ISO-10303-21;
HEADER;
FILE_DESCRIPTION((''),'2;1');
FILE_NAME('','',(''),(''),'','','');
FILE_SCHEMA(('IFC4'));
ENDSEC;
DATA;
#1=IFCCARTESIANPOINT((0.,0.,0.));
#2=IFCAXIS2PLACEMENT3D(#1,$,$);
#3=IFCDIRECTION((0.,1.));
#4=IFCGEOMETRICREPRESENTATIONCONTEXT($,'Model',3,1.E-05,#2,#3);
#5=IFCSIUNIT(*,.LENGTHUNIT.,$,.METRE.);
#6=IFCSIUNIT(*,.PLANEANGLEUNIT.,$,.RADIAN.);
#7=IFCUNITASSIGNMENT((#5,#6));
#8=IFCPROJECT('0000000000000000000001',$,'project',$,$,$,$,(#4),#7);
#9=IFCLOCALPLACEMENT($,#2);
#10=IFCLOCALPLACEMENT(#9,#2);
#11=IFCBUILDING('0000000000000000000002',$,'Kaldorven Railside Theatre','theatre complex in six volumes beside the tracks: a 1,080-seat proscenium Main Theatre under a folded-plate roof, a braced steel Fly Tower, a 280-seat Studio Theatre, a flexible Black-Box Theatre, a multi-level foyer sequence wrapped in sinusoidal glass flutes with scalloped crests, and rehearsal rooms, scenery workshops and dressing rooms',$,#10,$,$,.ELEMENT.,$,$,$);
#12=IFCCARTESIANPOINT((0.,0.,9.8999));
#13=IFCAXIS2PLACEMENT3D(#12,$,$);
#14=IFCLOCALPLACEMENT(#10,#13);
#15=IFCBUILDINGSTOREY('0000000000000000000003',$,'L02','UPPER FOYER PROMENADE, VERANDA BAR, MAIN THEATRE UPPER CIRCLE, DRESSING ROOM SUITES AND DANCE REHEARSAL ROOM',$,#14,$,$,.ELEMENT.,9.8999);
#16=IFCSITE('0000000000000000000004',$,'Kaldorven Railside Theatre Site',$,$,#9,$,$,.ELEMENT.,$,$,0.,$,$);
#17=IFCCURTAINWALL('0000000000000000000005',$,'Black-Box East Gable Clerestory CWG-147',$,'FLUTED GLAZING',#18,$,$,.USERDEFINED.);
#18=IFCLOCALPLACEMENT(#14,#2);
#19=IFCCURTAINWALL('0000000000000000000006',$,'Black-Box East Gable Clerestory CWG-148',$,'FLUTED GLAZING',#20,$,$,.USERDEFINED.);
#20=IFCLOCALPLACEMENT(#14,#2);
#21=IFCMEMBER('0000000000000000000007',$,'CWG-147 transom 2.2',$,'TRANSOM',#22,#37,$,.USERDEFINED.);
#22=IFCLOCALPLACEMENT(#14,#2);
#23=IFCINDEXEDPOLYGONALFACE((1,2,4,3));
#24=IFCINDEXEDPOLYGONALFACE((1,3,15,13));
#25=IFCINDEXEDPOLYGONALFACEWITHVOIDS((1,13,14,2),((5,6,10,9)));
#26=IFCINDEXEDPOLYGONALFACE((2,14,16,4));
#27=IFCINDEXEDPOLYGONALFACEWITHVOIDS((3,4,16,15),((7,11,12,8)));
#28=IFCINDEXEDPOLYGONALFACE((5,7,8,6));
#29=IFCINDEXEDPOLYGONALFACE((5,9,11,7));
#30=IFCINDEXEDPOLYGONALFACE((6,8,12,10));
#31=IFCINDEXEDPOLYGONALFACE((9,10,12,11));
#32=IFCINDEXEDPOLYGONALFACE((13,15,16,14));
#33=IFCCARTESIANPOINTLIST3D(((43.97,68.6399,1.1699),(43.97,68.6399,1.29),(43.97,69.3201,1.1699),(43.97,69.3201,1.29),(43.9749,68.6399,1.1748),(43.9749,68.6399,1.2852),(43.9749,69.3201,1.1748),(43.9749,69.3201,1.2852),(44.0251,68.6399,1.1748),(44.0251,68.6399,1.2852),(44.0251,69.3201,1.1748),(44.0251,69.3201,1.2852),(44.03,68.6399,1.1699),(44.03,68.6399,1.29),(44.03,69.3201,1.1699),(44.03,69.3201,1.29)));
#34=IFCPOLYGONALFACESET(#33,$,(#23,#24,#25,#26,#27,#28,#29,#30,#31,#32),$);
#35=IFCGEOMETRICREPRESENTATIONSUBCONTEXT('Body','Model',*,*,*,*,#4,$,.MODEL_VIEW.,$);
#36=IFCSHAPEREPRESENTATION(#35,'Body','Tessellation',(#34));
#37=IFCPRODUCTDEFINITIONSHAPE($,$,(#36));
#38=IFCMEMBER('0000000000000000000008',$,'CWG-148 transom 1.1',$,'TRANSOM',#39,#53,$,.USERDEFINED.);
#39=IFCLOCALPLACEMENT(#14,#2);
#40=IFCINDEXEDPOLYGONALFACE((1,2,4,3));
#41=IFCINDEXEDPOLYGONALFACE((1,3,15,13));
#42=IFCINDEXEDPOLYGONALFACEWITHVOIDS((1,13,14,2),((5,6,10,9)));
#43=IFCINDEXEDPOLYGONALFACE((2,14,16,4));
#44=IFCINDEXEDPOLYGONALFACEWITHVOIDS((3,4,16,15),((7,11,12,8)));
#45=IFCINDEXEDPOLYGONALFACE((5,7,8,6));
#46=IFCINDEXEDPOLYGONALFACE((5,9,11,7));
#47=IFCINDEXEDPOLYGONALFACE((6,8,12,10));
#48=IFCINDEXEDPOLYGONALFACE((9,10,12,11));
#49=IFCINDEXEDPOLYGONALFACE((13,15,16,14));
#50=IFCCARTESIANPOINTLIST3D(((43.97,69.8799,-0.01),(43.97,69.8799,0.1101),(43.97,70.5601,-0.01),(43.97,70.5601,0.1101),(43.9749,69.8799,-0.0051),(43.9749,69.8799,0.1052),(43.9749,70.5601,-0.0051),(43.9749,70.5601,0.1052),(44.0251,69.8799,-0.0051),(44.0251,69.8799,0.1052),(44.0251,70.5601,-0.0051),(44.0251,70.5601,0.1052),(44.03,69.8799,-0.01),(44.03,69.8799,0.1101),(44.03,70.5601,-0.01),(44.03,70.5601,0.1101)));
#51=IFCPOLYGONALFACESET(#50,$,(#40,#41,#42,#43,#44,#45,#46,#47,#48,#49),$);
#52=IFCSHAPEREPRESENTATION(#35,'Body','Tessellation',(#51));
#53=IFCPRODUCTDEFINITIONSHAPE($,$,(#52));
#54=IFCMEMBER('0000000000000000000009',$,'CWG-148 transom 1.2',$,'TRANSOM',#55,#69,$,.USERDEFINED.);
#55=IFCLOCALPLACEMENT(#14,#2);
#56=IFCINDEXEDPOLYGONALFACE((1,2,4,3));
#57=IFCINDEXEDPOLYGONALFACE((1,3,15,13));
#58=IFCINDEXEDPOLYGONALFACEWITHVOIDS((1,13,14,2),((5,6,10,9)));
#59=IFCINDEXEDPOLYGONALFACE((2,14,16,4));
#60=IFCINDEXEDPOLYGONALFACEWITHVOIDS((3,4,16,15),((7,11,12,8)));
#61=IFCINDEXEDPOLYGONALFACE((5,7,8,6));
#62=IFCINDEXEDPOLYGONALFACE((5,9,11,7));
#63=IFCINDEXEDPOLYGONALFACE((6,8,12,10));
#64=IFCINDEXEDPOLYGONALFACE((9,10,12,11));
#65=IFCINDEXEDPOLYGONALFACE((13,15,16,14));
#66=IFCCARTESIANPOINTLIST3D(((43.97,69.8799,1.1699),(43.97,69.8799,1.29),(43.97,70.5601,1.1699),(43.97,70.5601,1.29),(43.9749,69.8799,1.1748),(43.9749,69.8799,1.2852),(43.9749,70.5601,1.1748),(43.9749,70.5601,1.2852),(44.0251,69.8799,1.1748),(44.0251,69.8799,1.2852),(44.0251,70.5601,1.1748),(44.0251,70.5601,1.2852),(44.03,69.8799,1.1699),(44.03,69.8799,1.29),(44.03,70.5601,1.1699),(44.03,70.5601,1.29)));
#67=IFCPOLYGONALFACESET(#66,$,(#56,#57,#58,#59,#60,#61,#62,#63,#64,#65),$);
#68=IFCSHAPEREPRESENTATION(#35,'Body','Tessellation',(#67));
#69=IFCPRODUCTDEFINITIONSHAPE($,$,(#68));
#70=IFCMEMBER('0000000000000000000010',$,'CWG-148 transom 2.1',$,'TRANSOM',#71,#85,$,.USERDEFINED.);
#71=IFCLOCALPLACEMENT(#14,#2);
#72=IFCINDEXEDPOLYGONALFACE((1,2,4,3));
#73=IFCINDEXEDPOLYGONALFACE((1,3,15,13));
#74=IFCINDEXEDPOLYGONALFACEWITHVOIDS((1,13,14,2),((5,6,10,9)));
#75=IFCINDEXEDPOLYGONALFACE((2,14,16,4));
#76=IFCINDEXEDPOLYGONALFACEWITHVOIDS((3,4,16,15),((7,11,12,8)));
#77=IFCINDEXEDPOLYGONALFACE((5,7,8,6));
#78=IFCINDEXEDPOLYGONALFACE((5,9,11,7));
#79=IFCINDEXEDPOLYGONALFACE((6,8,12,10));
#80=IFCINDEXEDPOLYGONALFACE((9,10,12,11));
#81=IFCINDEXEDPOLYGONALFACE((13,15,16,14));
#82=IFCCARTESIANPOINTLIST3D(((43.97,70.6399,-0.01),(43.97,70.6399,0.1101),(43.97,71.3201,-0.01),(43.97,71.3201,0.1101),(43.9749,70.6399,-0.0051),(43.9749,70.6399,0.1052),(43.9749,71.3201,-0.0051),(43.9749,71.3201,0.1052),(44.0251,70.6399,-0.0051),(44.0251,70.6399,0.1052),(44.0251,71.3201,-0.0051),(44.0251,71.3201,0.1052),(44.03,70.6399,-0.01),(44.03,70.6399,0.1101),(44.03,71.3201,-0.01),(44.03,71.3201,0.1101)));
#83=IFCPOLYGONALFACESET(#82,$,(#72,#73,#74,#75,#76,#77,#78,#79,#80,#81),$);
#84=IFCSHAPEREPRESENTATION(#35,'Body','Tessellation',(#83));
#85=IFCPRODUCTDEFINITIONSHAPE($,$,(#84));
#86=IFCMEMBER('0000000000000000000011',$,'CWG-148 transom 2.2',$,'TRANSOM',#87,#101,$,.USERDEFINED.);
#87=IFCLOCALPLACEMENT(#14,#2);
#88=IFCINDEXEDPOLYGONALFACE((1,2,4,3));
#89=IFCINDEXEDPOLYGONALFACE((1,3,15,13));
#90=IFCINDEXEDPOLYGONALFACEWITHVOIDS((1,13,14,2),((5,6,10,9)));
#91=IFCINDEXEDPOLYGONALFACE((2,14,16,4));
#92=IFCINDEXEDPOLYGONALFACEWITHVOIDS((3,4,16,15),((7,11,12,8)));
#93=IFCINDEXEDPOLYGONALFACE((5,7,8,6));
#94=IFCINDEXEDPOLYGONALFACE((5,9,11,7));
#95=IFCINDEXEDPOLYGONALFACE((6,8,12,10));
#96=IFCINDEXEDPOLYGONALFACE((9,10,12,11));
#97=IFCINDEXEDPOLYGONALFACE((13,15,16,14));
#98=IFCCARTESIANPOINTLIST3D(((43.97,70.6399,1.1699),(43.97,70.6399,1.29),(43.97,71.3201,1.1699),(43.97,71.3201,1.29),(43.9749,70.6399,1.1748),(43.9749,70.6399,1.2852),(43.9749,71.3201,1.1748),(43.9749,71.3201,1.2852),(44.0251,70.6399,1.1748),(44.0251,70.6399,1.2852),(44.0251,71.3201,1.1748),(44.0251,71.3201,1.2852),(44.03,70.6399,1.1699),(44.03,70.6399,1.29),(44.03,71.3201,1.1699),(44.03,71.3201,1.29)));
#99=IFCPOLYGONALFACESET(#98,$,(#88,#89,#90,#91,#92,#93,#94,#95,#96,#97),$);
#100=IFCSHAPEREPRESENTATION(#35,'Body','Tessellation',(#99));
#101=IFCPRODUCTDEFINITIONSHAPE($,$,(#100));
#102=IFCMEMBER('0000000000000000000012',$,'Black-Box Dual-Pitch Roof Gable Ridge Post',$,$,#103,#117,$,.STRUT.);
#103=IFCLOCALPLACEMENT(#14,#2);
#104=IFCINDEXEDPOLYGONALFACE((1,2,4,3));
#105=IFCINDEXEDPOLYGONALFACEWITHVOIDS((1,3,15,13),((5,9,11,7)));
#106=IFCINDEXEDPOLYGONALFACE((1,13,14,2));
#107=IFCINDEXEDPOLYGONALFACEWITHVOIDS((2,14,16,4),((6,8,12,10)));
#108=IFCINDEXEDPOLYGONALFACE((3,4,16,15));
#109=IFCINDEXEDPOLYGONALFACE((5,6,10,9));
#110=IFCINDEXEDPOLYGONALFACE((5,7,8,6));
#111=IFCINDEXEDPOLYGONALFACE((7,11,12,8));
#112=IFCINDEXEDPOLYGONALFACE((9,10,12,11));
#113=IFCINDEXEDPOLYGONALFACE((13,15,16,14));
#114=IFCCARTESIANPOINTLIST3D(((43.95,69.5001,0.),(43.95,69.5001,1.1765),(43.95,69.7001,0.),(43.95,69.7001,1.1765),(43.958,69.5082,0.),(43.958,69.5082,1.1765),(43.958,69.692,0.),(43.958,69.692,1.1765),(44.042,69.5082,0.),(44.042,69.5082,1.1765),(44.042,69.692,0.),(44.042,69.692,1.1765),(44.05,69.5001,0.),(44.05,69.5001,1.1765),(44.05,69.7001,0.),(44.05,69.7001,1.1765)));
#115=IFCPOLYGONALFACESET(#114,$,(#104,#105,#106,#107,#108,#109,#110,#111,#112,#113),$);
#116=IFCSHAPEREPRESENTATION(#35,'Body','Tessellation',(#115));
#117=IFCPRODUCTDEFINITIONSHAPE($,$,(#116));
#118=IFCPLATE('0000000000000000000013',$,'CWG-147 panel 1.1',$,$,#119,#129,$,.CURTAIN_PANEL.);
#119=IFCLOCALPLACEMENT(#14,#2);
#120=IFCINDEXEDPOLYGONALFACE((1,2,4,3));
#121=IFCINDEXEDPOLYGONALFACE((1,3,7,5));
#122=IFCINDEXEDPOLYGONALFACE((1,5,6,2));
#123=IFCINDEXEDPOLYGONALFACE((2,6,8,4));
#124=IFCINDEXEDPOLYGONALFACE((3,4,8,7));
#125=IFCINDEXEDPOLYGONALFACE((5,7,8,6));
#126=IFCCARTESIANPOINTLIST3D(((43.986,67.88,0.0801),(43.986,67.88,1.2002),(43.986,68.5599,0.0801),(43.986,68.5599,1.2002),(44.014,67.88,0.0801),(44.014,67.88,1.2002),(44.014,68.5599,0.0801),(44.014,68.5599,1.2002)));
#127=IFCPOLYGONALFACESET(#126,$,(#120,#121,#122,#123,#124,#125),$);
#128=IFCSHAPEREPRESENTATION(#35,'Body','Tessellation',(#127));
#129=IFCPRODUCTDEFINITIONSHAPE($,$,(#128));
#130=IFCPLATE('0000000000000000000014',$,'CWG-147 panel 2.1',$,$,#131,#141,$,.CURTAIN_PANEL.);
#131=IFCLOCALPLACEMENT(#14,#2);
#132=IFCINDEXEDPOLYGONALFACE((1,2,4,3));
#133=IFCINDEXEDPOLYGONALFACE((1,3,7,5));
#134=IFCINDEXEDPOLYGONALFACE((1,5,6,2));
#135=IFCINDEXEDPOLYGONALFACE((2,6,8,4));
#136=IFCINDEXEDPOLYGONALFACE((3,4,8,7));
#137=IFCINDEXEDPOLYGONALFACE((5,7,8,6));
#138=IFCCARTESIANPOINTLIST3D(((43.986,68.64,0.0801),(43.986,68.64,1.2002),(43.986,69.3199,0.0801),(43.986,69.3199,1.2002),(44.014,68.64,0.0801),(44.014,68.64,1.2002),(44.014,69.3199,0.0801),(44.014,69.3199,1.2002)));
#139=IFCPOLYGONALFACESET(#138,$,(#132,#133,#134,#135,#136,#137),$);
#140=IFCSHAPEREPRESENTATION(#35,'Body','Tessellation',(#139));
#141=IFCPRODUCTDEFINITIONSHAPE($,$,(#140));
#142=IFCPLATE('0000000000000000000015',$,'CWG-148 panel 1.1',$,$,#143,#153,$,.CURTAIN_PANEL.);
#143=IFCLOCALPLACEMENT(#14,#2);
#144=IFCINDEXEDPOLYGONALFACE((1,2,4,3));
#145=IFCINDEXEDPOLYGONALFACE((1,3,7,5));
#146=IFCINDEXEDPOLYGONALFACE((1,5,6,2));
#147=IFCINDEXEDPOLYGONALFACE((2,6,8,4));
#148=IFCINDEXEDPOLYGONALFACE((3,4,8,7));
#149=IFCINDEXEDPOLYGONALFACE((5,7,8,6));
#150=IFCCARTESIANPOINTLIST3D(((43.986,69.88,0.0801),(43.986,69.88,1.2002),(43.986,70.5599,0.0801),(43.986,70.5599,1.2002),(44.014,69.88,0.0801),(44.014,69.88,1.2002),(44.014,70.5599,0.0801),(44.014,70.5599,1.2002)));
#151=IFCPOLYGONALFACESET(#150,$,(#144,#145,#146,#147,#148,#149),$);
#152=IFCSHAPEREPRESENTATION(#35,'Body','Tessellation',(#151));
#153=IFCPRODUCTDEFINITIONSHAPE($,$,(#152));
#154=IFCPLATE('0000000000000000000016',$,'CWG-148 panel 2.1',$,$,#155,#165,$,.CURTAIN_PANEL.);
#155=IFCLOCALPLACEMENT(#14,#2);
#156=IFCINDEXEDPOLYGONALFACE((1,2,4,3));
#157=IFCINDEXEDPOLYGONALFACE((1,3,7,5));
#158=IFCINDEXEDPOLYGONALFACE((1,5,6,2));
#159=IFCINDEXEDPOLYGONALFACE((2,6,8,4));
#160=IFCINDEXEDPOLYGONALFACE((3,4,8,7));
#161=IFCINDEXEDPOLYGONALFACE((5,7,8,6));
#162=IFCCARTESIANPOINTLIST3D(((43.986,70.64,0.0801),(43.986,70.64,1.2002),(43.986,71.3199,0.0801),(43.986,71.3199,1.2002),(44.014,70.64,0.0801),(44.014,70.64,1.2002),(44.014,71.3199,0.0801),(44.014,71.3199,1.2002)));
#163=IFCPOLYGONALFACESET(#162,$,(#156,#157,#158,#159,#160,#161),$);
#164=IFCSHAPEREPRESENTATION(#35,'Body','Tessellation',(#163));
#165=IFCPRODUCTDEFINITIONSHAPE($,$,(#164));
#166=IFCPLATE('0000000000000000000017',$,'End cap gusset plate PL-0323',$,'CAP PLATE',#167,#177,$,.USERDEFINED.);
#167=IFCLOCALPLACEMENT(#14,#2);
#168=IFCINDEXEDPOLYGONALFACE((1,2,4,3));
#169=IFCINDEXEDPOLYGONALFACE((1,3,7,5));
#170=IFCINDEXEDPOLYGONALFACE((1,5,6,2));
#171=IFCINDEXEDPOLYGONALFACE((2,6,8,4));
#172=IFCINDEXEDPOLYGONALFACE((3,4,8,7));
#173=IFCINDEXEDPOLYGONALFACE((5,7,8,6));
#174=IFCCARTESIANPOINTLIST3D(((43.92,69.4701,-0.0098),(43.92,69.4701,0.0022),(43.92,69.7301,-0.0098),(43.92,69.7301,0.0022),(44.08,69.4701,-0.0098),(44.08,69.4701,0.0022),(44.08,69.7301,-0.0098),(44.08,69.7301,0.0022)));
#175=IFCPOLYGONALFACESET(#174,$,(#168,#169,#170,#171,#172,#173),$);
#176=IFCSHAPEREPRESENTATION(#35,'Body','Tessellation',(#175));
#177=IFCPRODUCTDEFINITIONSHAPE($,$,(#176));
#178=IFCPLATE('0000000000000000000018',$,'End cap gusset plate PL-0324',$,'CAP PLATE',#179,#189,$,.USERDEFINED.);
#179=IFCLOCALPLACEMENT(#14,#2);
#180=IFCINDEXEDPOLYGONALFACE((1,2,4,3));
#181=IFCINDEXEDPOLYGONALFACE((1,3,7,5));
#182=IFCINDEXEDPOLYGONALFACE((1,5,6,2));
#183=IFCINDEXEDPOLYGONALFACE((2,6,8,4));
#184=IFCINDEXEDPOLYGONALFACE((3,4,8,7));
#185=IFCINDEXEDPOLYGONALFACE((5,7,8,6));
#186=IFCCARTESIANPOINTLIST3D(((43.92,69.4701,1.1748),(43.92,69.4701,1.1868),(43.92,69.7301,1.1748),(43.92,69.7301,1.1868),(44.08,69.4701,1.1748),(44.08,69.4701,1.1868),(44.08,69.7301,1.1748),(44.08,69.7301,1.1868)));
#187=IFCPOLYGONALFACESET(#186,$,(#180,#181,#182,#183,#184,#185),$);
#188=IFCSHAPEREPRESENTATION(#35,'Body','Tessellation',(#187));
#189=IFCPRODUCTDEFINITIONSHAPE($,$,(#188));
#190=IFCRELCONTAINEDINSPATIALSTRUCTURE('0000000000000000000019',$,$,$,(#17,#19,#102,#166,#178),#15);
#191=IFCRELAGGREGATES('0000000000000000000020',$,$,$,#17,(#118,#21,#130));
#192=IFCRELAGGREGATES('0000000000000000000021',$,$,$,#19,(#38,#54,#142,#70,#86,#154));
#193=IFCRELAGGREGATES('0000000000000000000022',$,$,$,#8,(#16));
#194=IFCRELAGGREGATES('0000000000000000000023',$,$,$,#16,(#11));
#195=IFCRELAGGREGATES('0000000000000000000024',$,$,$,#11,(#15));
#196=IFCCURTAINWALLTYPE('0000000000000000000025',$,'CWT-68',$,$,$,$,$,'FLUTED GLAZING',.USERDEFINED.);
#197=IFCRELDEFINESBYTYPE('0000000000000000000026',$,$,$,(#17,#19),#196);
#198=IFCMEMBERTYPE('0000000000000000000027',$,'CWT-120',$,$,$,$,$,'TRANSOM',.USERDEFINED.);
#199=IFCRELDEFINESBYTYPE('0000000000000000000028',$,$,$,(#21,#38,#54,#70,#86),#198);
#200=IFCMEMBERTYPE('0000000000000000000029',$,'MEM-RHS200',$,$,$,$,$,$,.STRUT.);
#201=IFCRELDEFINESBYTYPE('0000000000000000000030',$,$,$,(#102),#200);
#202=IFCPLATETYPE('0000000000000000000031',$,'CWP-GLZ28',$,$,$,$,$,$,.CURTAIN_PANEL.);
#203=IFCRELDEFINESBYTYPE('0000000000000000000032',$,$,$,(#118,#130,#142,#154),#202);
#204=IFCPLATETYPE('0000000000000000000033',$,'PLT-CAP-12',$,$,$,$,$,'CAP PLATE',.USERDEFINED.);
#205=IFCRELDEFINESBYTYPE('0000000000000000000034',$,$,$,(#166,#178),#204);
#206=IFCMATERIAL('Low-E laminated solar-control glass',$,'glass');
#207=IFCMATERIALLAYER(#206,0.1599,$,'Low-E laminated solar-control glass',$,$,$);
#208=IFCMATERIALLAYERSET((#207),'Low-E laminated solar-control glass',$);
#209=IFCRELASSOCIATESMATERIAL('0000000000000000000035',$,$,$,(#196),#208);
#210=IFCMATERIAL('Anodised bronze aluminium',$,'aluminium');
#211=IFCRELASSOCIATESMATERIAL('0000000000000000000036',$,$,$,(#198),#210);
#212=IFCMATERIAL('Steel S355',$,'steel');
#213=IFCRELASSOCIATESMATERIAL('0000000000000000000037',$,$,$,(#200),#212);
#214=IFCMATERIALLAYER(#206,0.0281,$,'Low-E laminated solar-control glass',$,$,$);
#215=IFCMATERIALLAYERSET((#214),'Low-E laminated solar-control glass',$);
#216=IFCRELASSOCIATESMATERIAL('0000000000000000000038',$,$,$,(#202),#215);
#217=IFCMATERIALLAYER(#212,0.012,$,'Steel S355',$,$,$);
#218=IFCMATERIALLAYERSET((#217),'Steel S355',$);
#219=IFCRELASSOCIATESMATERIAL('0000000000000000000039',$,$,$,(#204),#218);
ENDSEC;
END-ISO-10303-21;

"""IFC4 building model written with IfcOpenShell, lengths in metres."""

from ifc_helpers import new_model, si_unit, direction, frame, origin, origin_2d, place, context, subcontext, project, spatial, rectangle, hollow_rectangle, extrude, material, layer, layer_set, material_profile, profile_set, type_object, element, aggregate, save


model = new_model("IFC4")

# Units and contexts
model_context = context("Model", 3, precision=1e-05, world=origin(), true_north=direction((0.0, 1.0)))
body_context = subcontext(model_context, "Body", "Model", "MODEL_VIEW")
ifc_project = project(units=[si_unit("LENGTHUNIT", "METRE"), si_unit("PLANEANGLEUNIT", "RADIAN")], contexts=[model_context])

# Site, building, storey
site_placement = place(None, origin())
site = spatial("IfcSite", under=ifc_project, at=site_placement, Name="Kaldorven Railside Theatre Site", CompositionType="ELEMENT", RefElevation=0.0)
building_placement = place(site_placement, origin())
building = spatial("IfcBuilding", under=site, at=building_placement, Name="Kaldorven Railside Theatre", Description="theatre complex in six volumes beside the tracks: a 1,080-seat proscenium Main Theatre under a folded-plate roof, a braced steel Fly Tower, a 280-seat Studio Theatre, a flexible Black-Box Theatre, a multi-level foyer sequence wrapped in sinusoidal glass flutes with scalloped crests, and rehearsal rooms, scenery workshops and dressing rooms", CompositionType="ELEMENT")
storey_placement = place(building_placement, frame((0.0, 0.0, 9.8999)))
storey = spatial("IfcBuildingStorey", under=building, at=storey_placement, Name="L02", Description="UPPER FOYER PROMENADE, VERANDA BAR, MAIN THEATRE UPPER CIRCLE, DRESSING ROOM SUITES AND DANCE REHEARSAL ROOM", CompositionType="ELEMENT", Elevation=9.8999)

# Curtain walls
ifc_material_1 = material(Name="Low-E laminated solar-control glass", Category="glass")
ifc_layer_1 = layer(ifc_material_1, 0.1599, Name="Low-E laminated solar-control glass")
ifc_layer_set_1 = layer_set([ifc_layer_1], Name="Low-E laminated solar-control glass")
curtain_wall_type_1 = type_object("IfcCurtainWallType", Name="CWT-68", ElementType="FLUTED GLAZING", PredefinedType="USERDEFINED", material=ifc_layer_set_1)
curtain_wall_1_placement = place(storey_placement, origin())
curtain_wall_1 = element("IfcCurtainWall", 1, at=curtain_wall_1_placement, inside=storey, type_object=curtain_wall_type_1, Name="Black-Box East Gable Clerestory CWG-147", ObjectType="FLUTED GLAZING", PredefinedType="USERDEFINED")
ifc_material_2 = material(Name="Anodised bronze aluminium", Category="aluminium")
curtain_wall_2_placement = place(storey_placement, origin())
curtain_wall_2 = element("IfcCurtainWall", 2, at=curtain_wall_2_placement, inside=storey, type_object=curtain_wall_type_1, Name="Black-Box East Gable Clerestory CWG-148", ObjectType="FLUTED GLAZING", PredefinedType="USERDEFINED")

# Members
ifc_material_profile_1 = material_profile(ifc_material_2, hollow_rectangle(XDim=0.0601, YDim=0.1201, WallThickness=0.0049, at=origin_2d()), Name="RHS 120x60x5")
ifc_profile_set_1 = profile_set([ifc_material_profile_1], Name="Anodised bronze aluminium")
member_type_1 = type_object("IfcMemberType", Name="CWT-120", ElementType="TRANSOM", PredefinedType="USERDEFINED", material=ifc_profile_set_1)
member_1_placement = place(storey_placement, frame((44.0, 68.6399, 1.23), z_axis=(0.0, 1.0, 0.0), x_axis=(-1.0, 0.0, 0.0)))
member_1 = element("IfcMember", 3, at=member_1_placement, type_object=member_type_1, Name="CWG-147 transom 2.2", ObjectType="TRANSOM", PredefinedType="USERDEFINED", context=body_context, shape_type="SweptSolid", body=[
    extrude(hollow_rectangle(XDim=0.0601, YDim=0.1201, WallThickness=0.0049, at=origin_2d()), origin(), (0.0, 0.0, 1.0), 0.6802),
])
member_2_placement = place(storey_placement, frame((44.0, 69.8799, 0.05), z_axis=(0.0, 1.0, 0.0), x_axis=(-1.0, 0.0, 0.0)))
member_2 = element("IfcMember", 4, at=member_2_placement, type_object=member_type_1, Name="CWG-148 transom 1.1", ObjectType="TRANSOM", PredefinedType="USERDEFINED", context=body_context, shape_type="SweptSolid", body=[
    extrude(hollow_rectangle(XDim=0.0601, YDim=0.1201, WallThickness=0.0049, at=origin_2d()), origin(), (0.0, 0.0, 1.0), 0.6802),
])
member_3_placement = place(storey_placement, frame((44.0, 69.8799, 1.23), z_axis=(0.0, 1.0, 0.0), x_axis=(-1.0, 0.0, 0.0)))
member_3 = element("IfcMember", 5, at=member_3_placement, type_object=member_type_1, Name="CWG-148 transom 1.2", ObjectType="TRANSOM", PredefinedType="USERDEFINED", context=body_context, shape_type="SweptSolid", body=[
    extrude(hollow_rectangle(XDim=0.0601, YDim=0.1201, WallThickness=0.0049, at=origin_2d()), origin(), (0.0, 0.0, 1.0), 0.6802),
])
member_4_placement = place(storey_placement, frame((44.0, 70.6399, 0.05), z_axis=(0.0, 1.0, 0.0), x_axis=(-1.0, 0.0, 0.0)))
member_4 = element("IfcMember", 6, at=member_4_placement, type_object=member_type_1, Name="CWG-148 transom 2.1", ObjectType="TRANSOM", PredefinedType="USERDEFINED", context=body_context, shape_type="SweptSolid", body=[
    extrude(hollow_rectangle(XDim=0.0601, YDim=0.1201, WallThickness=0.0049, at=origin_2d()), origin(), (0.0, 0.0, 1.0), 0.6802),
])
member_5_placement = place(storey_placement, frame((44.0, 70.6399, 1.23), z_axis=(0.0, 1.0, 0.0), x_axis=(-1.0, 0.0, 0.0)))
member_5 = element("IfcMember", 7, at=member_5_placement, type_object=member_type_1, Name="CWG-148 transom 2.2", ObjectType="TRANSOM", PredefinedType="USERDEFINED", context=body_context, shape_type="SweptSolid", body=[
    extrude(hollow_rectangle(XDim=0.0601, YDim=0.1201, WallThickness=0.0049, at=origin_2d()), origin(), (0.0, 0.0, 1.0), 0.6802),
])
ifc_material_3 = material(Name="Steel S355", Category="steel")
ifc_material_profile_2 = material_profile(ifc_material_3, hollow_rectangle(XDim=0.1001, YDim=0.2, WallThickness=0.0081, at=origin_2d()), Name="RHS 200x100x8")
ifc_profile_set_2 = profile_set([ifc_material_profile_2], Name="Steel S355")
member_type_2 = type_object("IfcMemberType", Name="MEM-RHS200", PredefinedType="STRUT", material=ifc_profile_set_2)
member_6_placement = place(storey_placement, frame((44.0, 69.6001, 0.0), z_axis=(0.0, 0.0, 1.0), x_axis=(1.0, 0.0, 0.0)))
element("IfcMember", 8, at=member_6_placement, inside=storey, type_object=member_type_2, Name="Black-Box Dual-Pitch Roof Gable Ridge Post", PredefinedType="STRUT", context=body_context, shape_type="SweptSolid", body=[
    extrude(hollow_rectangle(XDim=0.1001, YDim=0.2, WallThickness=0.0081, at=origin_2d()), origin(), (0.0, 0.0, 1.0), 1.1765),
])

# Plates
ifc_layer_2 = layer(ifc_material_1, 0.0281, Name="Low-E laminated solar-control glass")
ifc_layer_set_2 = layer_set([ifc_layer_2], Name="Low-E laminated solar-control glass")
plate_type_1 = type_object("IfcPlateType", Name="CWP-GLZ28", PredefinedType="CURTAIN_PANEL", material=ifc_layer_set_2)
plate_1_placement = place(storey_placement, frame((44.0, 68.22, 0.0801), z_axis=(0.0, 0.0, 1.0), x_axis=(0.0, 1.0, 0.0)))
plate_1 = element("IfcPlate", 9, at=plate_1_placement, type_object=plate_type_1, Name="CWG-147 panel 1.1", PredefinedType="CURTAIN_PANEL", context=body_context, shape_type="SweptSolid", body=[
    extrude(rectangle(XDim=0.6799, YDim=0.0281, at=origin_2d()), origin(), (0.0, 0.0, 1.0), 1.1201),
])
plate_2_placement = place(storey_placement, frame((44.0, 68.98, 0.0801), z_axis=(0.0, 0.0, 1.0), x_axis=(0.0, 1.0, 0.0)))
plate_2 = element("IfcPlate", 10, at=plate_2_placement, type_object=plate_type_1, Name="CWG-147 panel 2.1", PredefinedType="CURTAIN_PANEL", context=body_context, shape_type="SweptSolid", body=[
    extrude(rectangle(XDim=0.6799, YDim=0.0281, at=origin_2d()), origin(), (0.0, 0.0, 1.0), 1.1201),
])
aggregate(curtain_wall_1, [plate_1, member_1, plate_2])
plate_3_placement = place(storey_placement, frame((44.0, 70.22, 0.0801), z_axis=(0.0, 0.0, 1.0), x_axis=(0.0, 1.0, 0.0)))
plate_3 = element("IfcPlate", 11, at=plate_3_placement, type_object=plate_type_1, Name="CWG-148 panel 1.1", PredefinedType="CURTAIN_PANEL", context=body_context, shape_type="SweptSolid", body=[
    extrude(rectangle(XDim=0.6799, YDim=0.0281, at=origin_2d()), origin(), (0.0, 0.0, 1.0), 1.1201),
])
plate_4_placement = place(storey_placement, frame((44.0, 70.98, 0.0801), z_axis=(0.0, 0.0, 1.0), x_axis=(0.0, 1.0, 0.0)))
plate_4 = element("IfcPlate", 12, at=plate_4_placement, type_object=plate_type_1, Name="CWG-148 panel 2.1", PredefinedType="CURTAIN_PANEL", context=body_context, shape_type="SweptSolid", body=[
    extrude(rectangle(XDim=0.6799, YDim=0.0281, at=origin_2d()), origin(), (0.0, 0.0, 1.0), 1.1201),
])
aggregate(curtain_wall_2, [member_2, member_3, plate_3, member_4, member_5, plate_4])

# Plates
ifc_layer_3 = layer(ifc_material_3, 0.012, Name="Steel S355")
ifc_layer_set_3 = layer_set([ifc_layer_3], Name="Steel S355")
plate_type_2 = type_object("IfcPlateType", Name="PLT-CAP-12", ElementType="CAP PLATE", PredefinedType="USERDEFINED", material=ifc_layer_set_3)
for number, where, z_axis, x_axis, name in (
    (13, (44.0, 69.6001, -0.0098), (0.0, 0.0, 1.0), (1.0, 0.0, 0.0), "End cap gusset plate PL-0323"),
    (14, (44.0, 69.6001, 1.1748), (0.0, 0.0, 1.0), (1.0, 0.0, 0.0), "End cap gusset plate PL-0324"),
):
    element("IfcPlate", number, at=place(storey_placement, frame(where, z_axis=z_axis, x_axis=x_axis)), inside=storey, type_object=plate_type_2, Name=name, ObjectType="CAP PLATE", PredefinedType="USERDEFINED", context=body_context, shape_type="SweptSolid", body=[
        extrude(rectangle(XDim=0.1599, YDim=0.26, at=origin_2d()), origin(), (0.0, 0.0, 1.0), 0.012),
    ])

save(model, "model.ifc")
